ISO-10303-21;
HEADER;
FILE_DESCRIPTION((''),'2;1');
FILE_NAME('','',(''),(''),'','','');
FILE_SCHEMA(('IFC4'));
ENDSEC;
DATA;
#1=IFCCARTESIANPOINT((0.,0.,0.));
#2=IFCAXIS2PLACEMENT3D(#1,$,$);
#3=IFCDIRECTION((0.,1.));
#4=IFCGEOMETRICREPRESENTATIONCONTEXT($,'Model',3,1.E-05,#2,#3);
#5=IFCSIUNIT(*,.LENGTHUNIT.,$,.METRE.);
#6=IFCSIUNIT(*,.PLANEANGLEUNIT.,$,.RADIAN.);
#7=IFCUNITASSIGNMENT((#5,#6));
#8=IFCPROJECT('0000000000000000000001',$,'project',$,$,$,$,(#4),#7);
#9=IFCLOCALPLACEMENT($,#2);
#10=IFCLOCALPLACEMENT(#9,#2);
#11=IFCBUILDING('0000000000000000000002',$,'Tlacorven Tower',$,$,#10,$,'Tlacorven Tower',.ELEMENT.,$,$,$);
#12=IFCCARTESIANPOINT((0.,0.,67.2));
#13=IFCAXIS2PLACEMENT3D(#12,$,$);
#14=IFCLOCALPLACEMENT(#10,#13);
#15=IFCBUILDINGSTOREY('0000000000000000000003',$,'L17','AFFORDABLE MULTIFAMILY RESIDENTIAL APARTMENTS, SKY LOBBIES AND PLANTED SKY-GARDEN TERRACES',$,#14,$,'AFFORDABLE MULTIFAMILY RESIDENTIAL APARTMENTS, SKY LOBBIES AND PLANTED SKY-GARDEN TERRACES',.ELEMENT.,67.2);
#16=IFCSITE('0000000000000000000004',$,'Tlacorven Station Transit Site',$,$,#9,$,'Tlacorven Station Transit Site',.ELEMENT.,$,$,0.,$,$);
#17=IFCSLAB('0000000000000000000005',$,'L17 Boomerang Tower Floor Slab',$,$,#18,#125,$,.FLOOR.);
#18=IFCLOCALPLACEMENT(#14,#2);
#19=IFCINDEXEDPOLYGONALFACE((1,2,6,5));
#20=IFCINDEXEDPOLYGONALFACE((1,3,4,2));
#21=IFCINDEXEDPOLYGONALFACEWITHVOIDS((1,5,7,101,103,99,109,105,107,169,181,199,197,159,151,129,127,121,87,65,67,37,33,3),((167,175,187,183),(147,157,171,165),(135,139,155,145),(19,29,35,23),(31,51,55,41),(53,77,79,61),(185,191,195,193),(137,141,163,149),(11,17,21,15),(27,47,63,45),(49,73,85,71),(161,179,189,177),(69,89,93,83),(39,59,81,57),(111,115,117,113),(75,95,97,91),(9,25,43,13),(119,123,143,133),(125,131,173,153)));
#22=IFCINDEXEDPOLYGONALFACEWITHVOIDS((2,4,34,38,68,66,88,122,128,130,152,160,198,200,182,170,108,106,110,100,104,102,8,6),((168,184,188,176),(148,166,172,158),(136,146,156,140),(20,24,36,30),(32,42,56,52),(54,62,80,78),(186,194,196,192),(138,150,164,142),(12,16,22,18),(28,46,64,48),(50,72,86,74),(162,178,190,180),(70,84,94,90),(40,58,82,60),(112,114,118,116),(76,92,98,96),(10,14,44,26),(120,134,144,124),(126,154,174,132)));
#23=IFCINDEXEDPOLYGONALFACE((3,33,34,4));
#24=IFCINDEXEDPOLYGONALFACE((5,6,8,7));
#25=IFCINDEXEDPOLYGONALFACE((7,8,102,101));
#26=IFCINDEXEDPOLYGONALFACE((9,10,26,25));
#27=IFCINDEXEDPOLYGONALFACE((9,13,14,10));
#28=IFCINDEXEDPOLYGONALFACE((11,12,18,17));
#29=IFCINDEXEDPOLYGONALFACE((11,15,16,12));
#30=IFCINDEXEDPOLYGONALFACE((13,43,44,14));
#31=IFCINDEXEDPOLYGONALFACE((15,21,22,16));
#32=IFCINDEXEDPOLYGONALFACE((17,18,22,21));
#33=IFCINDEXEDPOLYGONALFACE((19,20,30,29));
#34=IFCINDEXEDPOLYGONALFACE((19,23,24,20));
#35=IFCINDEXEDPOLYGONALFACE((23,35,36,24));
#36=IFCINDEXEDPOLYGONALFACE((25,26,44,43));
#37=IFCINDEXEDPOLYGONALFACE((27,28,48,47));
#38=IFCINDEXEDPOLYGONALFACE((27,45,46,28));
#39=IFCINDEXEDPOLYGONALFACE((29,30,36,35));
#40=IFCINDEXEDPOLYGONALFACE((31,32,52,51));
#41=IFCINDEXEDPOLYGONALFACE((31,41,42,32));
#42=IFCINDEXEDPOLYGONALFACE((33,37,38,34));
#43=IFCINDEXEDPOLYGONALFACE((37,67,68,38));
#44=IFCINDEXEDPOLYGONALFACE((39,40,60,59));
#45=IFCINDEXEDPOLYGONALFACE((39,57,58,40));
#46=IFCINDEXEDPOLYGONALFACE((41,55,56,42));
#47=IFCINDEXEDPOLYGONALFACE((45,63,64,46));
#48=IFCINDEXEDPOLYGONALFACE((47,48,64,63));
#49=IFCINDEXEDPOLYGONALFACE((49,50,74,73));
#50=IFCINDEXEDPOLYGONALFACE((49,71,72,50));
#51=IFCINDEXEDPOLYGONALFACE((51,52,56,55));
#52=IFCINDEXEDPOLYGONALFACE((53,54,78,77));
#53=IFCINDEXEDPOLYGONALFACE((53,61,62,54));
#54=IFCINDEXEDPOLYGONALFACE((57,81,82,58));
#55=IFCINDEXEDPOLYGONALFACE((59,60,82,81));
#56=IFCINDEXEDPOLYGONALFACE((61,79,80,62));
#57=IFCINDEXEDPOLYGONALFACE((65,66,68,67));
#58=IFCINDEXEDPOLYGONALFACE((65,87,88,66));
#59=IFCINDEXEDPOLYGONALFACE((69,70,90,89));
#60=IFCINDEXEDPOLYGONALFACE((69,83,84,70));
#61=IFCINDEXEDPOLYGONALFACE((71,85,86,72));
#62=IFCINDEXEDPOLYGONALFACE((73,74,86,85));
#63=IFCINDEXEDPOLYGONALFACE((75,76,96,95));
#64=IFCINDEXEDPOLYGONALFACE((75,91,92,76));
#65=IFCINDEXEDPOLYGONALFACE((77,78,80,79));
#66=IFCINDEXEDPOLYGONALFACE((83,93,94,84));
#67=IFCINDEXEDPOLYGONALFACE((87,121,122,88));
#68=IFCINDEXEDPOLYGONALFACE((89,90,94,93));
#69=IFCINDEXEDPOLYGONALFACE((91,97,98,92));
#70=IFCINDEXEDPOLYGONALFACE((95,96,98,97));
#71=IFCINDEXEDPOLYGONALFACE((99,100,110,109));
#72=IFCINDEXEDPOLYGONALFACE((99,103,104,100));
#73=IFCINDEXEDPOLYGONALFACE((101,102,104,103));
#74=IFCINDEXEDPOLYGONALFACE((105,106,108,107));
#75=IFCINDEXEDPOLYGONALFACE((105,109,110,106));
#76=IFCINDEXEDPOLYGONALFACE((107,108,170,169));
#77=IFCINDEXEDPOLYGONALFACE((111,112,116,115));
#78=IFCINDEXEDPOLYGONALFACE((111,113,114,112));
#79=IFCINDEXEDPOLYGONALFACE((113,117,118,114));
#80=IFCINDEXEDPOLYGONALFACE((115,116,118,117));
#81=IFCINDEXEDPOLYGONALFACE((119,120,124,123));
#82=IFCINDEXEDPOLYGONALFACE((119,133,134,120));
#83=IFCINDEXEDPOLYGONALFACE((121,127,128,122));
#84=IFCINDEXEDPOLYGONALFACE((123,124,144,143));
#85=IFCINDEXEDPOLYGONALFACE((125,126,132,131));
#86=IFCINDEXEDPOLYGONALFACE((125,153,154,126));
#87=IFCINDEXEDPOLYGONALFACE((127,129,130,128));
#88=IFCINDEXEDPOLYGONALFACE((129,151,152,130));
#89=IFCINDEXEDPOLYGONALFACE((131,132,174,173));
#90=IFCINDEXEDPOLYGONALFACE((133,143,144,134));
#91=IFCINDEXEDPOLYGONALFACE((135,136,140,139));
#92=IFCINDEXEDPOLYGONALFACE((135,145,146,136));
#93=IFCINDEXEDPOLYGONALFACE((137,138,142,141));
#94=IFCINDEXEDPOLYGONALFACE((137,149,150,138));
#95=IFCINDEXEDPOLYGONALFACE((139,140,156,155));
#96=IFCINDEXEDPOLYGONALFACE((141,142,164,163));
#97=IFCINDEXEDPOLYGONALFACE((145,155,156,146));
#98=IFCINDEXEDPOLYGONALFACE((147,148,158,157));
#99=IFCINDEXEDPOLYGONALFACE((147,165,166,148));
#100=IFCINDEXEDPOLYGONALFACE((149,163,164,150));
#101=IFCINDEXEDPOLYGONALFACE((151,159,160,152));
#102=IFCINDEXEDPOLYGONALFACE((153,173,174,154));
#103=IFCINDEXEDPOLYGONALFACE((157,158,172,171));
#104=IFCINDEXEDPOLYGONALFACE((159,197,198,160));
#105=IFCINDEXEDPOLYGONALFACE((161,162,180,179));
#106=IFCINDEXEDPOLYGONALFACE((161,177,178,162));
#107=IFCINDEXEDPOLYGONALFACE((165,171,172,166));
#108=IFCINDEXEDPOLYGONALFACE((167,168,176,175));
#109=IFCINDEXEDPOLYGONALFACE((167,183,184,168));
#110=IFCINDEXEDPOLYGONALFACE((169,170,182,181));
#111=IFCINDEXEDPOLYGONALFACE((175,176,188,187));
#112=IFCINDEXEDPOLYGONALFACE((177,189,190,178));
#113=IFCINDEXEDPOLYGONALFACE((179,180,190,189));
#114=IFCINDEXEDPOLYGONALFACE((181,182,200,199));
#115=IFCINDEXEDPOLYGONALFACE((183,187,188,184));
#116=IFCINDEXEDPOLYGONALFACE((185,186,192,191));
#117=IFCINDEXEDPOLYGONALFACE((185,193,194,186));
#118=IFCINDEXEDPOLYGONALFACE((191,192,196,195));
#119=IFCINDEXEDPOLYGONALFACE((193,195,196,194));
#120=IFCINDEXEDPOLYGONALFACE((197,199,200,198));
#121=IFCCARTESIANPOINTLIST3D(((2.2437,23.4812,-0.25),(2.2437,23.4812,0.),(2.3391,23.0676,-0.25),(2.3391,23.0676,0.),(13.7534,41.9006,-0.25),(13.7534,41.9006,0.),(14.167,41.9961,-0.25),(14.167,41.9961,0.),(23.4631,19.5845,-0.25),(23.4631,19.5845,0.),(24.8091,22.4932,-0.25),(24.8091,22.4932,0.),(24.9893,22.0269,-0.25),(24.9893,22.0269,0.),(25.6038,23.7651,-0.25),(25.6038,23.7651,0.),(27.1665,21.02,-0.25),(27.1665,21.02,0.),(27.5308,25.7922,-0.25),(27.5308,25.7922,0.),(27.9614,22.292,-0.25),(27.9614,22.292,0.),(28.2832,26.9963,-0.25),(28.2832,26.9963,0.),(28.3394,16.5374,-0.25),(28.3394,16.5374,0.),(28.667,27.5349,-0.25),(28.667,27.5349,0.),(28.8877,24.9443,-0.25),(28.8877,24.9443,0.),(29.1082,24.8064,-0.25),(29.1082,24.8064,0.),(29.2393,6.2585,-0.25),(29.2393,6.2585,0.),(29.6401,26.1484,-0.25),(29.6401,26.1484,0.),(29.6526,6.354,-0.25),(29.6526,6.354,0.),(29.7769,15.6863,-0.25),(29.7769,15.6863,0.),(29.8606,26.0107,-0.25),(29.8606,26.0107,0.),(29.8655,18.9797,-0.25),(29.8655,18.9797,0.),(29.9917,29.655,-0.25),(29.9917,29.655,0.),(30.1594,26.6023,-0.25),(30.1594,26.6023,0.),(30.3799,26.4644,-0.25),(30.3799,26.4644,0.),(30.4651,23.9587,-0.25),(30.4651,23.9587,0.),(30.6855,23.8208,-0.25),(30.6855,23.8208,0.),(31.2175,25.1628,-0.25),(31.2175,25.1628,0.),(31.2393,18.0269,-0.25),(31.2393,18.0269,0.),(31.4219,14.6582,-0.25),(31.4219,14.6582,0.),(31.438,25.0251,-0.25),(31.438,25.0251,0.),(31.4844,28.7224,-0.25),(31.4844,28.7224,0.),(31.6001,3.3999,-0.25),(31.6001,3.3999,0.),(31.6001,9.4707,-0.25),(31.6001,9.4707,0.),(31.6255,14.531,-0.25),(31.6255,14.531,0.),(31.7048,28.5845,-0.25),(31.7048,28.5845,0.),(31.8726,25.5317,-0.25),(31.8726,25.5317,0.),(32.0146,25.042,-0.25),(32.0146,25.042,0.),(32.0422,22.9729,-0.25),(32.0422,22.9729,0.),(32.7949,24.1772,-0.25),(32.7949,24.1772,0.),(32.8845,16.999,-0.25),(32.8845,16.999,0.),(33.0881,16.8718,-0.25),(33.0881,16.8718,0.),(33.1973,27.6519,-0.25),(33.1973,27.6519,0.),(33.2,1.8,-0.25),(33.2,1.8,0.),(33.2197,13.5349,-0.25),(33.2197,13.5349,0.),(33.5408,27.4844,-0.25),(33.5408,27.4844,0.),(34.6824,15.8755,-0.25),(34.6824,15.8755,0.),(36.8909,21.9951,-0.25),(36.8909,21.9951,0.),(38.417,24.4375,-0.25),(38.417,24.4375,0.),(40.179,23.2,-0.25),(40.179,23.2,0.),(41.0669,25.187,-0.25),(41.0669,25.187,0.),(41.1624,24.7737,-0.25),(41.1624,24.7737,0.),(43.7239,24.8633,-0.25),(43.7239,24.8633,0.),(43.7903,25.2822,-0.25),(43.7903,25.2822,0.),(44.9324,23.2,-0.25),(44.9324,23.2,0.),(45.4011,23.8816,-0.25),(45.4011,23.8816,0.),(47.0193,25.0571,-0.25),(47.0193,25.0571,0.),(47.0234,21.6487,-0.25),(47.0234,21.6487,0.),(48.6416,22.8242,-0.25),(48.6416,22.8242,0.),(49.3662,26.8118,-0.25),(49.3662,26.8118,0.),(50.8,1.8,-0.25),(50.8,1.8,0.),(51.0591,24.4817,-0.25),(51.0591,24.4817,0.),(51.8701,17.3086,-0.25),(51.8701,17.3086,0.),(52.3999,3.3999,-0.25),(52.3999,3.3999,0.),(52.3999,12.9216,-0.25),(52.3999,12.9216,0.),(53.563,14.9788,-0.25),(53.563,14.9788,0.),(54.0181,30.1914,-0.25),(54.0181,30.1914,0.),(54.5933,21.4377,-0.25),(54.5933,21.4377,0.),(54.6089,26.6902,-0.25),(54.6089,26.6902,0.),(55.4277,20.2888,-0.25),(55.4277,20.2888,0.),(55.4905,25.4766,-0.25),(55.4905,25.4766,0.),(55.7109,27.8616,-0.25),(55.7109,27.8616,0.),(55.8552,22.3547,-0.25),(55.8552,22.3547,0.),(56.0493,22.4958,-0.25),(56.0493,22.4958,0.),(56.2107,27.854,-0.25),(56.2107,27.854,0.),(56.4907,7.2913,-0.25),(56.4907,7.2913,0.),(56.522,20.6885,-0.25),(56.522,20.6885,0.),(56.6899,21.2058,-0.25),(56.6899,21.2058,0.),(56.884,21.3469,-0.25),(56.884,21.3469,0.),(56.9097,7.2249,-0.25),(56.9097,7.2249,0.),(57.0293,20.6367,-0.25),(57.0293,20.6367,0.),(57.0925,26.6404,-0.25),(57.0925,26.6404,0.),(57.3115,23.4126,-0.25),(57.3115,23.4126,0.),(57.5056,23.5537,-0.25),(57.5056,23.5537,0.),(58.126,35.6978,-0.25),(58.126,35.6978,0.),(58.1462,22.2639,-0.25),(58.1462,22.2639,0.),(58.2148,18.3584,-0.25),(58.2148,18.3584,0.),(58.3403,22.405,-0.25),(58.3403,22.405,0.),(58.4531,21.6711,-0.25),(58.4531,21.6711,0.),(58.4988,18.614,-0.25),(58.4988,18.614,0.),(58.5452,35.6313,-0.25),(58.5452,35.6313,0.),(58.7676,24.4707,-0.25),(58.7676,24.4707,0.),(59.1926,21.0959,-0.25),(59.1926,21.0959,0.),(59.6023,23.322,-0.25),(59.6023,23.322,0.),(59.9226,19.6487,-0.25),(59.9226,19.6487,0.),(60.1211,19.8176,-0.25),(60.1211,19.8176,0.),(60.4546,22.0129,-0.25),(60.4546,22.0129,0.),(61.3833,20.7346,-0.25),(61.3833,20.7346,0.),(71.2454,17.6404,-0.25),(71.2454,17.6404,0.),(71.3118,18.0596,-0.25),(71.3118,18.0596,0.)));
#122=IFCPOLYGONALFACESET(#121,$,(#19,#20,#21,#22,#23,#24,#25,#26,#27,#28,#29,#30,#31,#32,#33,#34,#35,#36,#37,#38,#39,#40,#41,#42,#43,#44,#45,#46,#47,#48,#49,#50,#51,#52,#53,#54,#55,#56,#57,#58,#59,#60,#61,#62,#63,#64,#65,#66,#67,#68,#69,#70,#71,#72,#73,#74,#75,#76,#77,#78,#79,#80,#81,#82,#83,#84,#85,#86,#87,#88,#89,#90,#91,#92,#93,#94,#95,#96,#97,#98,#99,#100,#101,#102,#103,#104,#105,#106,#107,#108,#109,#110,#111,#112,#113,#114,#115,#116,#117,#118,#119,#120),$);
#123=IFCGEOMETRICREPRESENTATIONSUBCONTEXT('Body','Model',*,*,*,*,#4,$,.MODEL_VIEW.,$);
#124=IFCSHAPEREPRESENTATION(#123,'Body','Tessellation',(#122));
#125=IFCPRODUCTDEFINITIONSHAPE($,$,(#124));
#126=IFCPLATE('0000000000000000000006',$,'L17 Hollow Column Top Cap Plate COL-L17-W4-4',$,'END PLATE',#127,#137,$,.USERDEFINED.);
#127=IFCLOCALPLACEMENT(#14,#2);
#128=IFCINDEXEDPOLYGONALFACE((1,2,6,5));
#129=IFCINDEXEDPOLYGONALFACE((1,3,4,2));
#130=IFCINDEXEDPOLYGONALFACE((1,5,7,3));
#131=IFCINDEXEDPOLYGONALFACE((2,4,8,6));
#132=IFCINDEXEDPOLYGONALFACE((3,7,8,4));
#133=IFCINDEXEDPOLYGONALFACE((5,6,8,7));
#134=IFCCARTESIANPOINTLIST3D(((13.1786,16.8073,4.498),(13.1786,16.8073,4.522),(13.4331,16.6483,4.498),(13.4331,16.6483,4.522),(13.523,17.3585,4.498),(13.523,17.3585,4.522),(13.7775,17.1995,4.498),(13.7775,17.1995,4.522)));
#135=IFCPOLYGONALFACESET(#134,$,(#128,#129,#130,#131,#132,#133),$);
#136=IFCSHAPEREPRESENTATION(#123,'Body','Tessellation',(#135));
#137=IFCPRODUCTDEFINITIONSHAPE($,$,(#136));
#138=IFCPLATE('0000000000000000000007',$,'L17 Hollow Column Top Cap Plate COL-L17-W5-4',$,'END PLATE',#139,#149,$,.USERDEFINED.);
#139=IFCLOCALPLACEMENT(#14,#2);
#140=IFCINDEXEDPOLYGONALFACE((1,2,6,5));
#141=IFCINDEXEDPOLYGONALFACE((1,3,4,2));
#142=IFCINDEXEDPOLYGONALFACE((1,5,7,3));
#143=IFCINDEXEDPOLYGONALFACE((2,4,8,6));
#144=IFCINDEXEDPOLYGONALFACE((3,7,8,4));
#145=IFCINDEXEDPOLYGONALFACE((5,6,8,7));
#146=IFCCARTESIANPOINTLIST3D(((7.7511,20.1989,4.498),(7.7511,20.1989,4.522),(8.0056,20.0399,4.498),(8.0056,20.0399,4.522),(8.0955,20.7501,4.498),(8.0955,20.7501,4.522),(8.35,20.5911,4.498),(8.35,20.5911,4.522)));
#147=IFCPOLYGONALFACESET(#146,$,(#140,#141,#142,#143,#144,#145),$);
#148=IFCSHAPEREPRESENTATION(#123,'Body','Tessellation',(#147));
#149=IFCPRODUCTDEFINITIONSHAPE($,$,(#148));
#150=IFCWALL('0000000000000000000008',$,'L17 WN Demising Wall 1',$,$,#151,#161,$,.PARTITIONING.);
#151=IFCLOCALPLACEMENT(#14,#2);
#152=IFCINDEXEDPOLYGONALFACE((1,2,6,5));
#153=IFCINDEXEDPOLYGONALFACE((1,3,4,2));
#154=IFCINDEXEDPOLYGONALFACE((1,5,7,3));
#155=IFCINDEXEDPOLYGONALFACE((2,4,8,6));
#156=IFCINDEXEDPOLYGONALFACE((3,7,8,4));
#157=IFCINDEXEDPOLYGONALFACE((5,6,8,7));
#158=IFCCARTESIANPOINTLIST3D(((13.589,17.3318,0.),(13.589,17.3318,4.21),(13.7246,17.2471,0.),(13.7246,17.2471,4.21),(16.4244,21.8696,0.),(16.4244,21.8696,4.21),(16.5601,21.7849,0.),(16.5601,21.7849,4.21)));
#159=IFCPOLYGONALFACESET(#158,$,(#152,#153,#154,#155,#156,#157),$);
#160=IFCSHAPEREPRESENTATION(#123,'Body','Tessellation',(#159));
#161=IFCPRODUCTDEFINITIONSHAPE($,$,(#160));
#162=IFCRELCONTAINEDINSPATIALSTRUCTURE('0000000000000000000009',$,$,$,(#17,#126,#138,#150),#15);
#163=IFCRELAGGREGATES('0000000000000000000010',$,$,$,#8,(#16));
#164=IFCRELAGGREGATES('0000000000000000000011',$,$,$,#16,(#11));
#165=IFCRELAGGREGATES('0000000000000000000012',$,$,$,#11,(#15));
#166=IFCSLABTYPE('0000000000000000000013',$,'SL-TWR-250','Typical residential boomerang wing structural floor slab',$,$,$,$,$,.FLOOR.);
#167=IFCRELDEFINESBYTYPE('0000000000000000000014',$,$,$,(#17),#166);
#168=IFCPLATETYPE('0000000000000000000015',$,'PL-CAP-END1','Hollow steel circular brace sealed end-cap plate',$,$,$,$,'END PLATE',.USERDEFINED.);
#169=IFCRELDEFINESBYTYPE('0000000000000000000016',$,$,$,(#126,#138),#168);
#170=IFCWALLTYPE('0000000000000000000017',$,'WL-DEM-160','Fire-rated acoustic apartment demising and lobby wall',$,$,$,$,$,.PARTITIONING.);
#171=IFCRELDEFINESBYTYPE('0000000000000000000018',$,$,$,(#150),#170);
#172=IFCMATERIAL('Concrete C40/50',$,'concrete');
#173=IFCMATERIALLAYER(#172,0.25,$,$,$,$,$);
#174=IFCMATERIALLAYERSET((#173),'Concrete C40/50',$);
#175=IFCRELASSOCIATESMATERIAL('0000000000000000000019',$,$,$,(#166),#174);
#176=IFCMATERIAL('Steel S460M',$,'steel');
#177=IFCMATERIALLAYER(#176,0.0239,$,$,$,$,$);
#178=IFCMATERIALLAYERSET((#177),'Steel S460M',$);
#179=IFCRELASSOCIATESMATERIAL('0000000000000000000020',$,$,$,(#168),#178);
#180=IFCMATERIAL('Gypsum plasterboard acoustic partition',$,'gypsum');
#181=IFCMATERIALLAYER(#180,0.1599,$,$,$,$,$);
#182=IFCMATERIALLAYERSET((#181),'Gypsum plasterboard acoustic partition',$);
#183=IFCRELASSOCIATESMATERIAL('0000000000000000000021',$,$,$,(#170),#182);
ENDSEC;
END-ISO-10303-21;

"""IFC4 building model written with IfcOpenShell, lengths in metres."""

from ifc_helpers import new_model, si_unit, direction, frame, frame_2d, origin, origin_2d, place, context, subcontext, project, spatial, polyline, rectangle, outline, extrude, source, transform, mapped, material, layer, layer_set, type_object, element, save


model = new_model("IFC4")

# Units and contexts
model_context = context("Model", 3, precision=1e-05, world=origin(), true_north=direction((0.0, 1.0)))
body_context = subcontext(model_context, "Body", "Model", "MODEL_VIEW")
ifc_project = project(units=[si_unit("LENGTHUNIT", "METRE"), si_unit("PLANEANGLEUNIT", "RADIAN")], contexts=[model_context])

# Site, building, storey
site_placement = place(None, origin())
site = spatial("IfcSite", under=ifc_project, at=site_placement, Name="Tlacorven Station Transit Site", LongName="Tlacorven Station Transit Site", CompositionType="ELEMENT", RefElevation=0.0)
building_placement = place(site_placement, origin())
building = spatial("IfcBuilding", under=site, at=building_placement, Name="Tlacorven Tower", LongName="Tlacorven Tower", CompositionType="ELEMENT")
storey_placement = place(building_placement, frame((0.0, 0.0, 67.2)))
storey = spatial("IfcBuildingStorey", under=building, at=storey_placement, Name="L17", Description="AFFORDABLE MULTIFAMILY RESIDENTIAL APARTMENTS, SKY LOBBIES AND PLANTED SKY-GARDEN TERRACES", LongName="AFFORDABLE MULTIFAMILY RESIDENTIAL APARTMENTS, SKY LOBBIES AND PLANTED SKY-GARDEN TERRACES", CompositionType="ELEMENT", Elevation=67.2)

# Shared definitions
ifc_material_1 = material(Name="Steel S460M", Category="steel")

# Shared definitions
ifc_material_2 = material(Name="Concrete C40/50", Category="concrete")

# Slab
ifc_layer_1 = layer(ifc_material_2, 0.25)
ifc_layer_set_1 = layer_set([ifc_layer_1], Name="Concrete C40/50")
slab_type_1 = type_object("IfcSlabType", Name="SL-TWR-250", Description="Typical residential boomerang wing structural floor slab", PredefinedType="FLOOR", material=ifc_layer_set_1)
slab_1_placement = place(storey_placement, frame((0.0, 0.0, -0.25)))
element("IfcSlab", 1, at=slab_1_placement, inside=storey, type_object=slab_type_1, Name="L17 Boomerang Tower Floor Slab", PredefinedType="FLOOR", context=body_context, shape_type="SweptSolid", body=[
    extrude(outline(polyline([(52.3999, 3.3999), (50.8, 1.8), (33.2, 1.8), (31.6001, 3.3999), (31.6001, 9.4707), (29.6526, 6.354), (29.2393, 6.2585), (2.3391, 23.0676), (2.2437, 23.4812), (13.7534, 41.9006), (14.167, 41.9961), (41.0669, 25.187), (41.1624, 24.7737), (40.179, 23.2), (44.9324, 23.2), (43.7239, 24.8633), (43.7903, 25.2822), (58.126, 35.6978), (58.5452, 35.6313), (71.3118, 18.0596), (71.2454, 17.6404), (56.9097, 7.2249), (56.4907, 7.2913), (52.3999, 12.9216), (52.3999, 3.3999)]), holes=[polyline([(29.8655, 18.9797), (24.9893, 22.0269), (23.4631, 19.5845), (28.3394, 16.5374), (29.8655, 18.9797)]), polyline([(38.417, 24.4375), (33.5408, 27.4844), (32.0146, 25.042), (36.8909, 21.9951), (38.417, 24.4375)]), polyline([(51.0591, 24.4817), (55.7109, 27.8616), (54.0181, 30.1914), (49.3662, 26.8118), (51.0591, 24.4817)]), polyline([(53.563, 14.9788), (58.2148, 18.3584), (56.522, 20.6885), (51.8701, 17.3086), (53.563, 14.9788)]), polyline([(34.6824, 15.8755), (33.0881, 16.8718), (31.6255, 14.531), (33.2197, 13.5349), (34.6824, 15.8755)]), polyline([(32.8845, 16.999), (31.2393, 18.0269), (29.7769, 15.6863), (31.4219, 14.6582), (32.8845, 16.999)]), polyline([(47.0234, 21.6487), (48.6416, 22.8242), (47.0193, 25.0571), (45.4011, 23.8816), (47.0234, 21.6487)]), polyline([(33.1973, 27.6519), (31.7048, 28.5845), (30.3799, 26.4644), (31.8726, 25.5317), (33.1973, 27.6519)]), polyline([(31.4844, 28.7224), (29.9917, 29.655), (28.667, 27.5349), (30.1594, 26.6023), (31.4844, 28.7224)]), polyline([(32.7949, 24.1772), (31.438, 25.0251), (30.6855, 23.8208), (32.0422, 22.9729), (32.7949, 24.1772)]), polyline([(31.2175, 25.1628), (29.8606, 26.0107), (29.1082, 24.8064), (30.4651, 23.9587), (31.2175, 25.1628)]), polyline([(29.6401, 26.1484), (28.2832, 26.9963), (27.5308, 25.7922), (28.8877, 24.9443), (29.6401, 26.1484)]), polyline([(55.4277, 20.2888), (56.6899, 21.2058), (55.8552, 22.3547), (54.5933, 21.4377), (55.4277, 20.2888)]), polyline([(56.884, 21.3469), (58.1462, 22.2639), (57.3115, 23.4126), (56.0493, 22.4958), (56.884, 21.3469)]), polyline([(58.3403, 22.405), (59.6023, 23.322), (58.7676, 24.4707), (57.5056, 23.5537), (58.3403, 22.405)]), polyline([(58.4988, 18.614), (59.9226, 19.6487), (58.4531, 21.6711), (57.0293, 20.6367), (58.4988, 18.614)]), polyline([(27.9614, 22.292), (25.6038, 23.7651), (24.8091, 22.4932), (27.1665, 21.02), (27.9614, 22.292)]), polyline([(55.4905, 25.4766), (57.0925, 26.6404), (56.2107, 27.854), (54.6089, 26.6902), (55.4905, 25.4766)]), polyline([(60.1211, 19.8176), (61.3833, 20.7346), (60.4546, 22.0129), (59.1926, 21.0959), (60.1211, 19.8176)])]), origin(), (0.0, 0.0, 1.0), 0.25),
])

# Plates
ifc_layer_2 = layer(ifc_material_1, 0.0239)
ifc_layer_set_2 = layer_set([ifc_layer_2], Name="Steel S460M")
plate_type = type_object("IfcPlateType", Name="PL-CAP-END1", Description="Hollow steel circular brace sealed end-cap plate", ElementType="END PLATE", PredefinedType="USERDEFINED", material=ifc_layer_set_2)
shared_shape_1 = source(origin(), body_context, "Body", "SweptSolid", [
    extrude(rectangle(XDim=0.3, YDim=0.6499, at=origin_2d()), origin(), (0.0, 0.0, 1.0), 0.0239),
])
for number, where, z_axis, x_axis, name in (
    (2, (13.478, 17.0034, 4.498), (0.0, 0.0, 1.0), (-0.848048, 0.529919, 0.0), "L17 Hollow Column Top Cap Plate COL-L17-W4-4"),
    (3, (8.0505, 20.395, 4.498), (0.0, 0.0, 1.0), (-0.848048, 0.529919, 0.0), "L17 Hollow Column Top Cap Plate COL-L17-W5-4"),
):
    element("IfcPlate", number, at=place(storey_placement, frame(where, z_axis=z_axis, x_axis=x_axis)), inside=storey, type_object=plate_type, Name=name, ObjectType="END PLATE", PredefinedType="USERDEFINED", context=body_context, shape_type="MappedRepresentation", body=[
        mapped(shared_shape_1, transform((0.0, 0.0, 0.0), scale=1.0)),
    ])

# Wall
ifc_material_3 = material(Name="Gypsum plasterboard acoustic partition", Category="gypsum")
ifc_layer_3 = layer(ifc_material_3, 0.1599)
ifc_layer_set_3 = layer_set([ifc_layer_3], Name="Gypsum plasterboard acoustic partition")
wall_type = type_object("IfcWallType", Name="WL-DEM-160", Description="Fire-rated acoustic apartment demising and lobby wall", PredefinedType="PARTITIONING", material=ifc_layer_set_3)
wall_placement = place(storey_placement, frame((16.4922, 21.8271, 0.0), z_axis=(0.0, 0.0, 1.0), x_axis=(-0.529905, -0.848057, 0.0)))
element("IfcWall", 4, at=wall_placement, inside=storey, type_object=wall_type, Name="L17 WN Demising Wall 1", PredefinedType="PARTITIONING", context=body_context, shape_type="SweptSolid", body=[
    extrude(rectangle(XDim=5.3508, YDim=0.1599, at=frame_2d((2.6753, 0.0))), origin(), (0.0, 0.0, 1.0), 4.21),
])

save(model, "model.ifc")
